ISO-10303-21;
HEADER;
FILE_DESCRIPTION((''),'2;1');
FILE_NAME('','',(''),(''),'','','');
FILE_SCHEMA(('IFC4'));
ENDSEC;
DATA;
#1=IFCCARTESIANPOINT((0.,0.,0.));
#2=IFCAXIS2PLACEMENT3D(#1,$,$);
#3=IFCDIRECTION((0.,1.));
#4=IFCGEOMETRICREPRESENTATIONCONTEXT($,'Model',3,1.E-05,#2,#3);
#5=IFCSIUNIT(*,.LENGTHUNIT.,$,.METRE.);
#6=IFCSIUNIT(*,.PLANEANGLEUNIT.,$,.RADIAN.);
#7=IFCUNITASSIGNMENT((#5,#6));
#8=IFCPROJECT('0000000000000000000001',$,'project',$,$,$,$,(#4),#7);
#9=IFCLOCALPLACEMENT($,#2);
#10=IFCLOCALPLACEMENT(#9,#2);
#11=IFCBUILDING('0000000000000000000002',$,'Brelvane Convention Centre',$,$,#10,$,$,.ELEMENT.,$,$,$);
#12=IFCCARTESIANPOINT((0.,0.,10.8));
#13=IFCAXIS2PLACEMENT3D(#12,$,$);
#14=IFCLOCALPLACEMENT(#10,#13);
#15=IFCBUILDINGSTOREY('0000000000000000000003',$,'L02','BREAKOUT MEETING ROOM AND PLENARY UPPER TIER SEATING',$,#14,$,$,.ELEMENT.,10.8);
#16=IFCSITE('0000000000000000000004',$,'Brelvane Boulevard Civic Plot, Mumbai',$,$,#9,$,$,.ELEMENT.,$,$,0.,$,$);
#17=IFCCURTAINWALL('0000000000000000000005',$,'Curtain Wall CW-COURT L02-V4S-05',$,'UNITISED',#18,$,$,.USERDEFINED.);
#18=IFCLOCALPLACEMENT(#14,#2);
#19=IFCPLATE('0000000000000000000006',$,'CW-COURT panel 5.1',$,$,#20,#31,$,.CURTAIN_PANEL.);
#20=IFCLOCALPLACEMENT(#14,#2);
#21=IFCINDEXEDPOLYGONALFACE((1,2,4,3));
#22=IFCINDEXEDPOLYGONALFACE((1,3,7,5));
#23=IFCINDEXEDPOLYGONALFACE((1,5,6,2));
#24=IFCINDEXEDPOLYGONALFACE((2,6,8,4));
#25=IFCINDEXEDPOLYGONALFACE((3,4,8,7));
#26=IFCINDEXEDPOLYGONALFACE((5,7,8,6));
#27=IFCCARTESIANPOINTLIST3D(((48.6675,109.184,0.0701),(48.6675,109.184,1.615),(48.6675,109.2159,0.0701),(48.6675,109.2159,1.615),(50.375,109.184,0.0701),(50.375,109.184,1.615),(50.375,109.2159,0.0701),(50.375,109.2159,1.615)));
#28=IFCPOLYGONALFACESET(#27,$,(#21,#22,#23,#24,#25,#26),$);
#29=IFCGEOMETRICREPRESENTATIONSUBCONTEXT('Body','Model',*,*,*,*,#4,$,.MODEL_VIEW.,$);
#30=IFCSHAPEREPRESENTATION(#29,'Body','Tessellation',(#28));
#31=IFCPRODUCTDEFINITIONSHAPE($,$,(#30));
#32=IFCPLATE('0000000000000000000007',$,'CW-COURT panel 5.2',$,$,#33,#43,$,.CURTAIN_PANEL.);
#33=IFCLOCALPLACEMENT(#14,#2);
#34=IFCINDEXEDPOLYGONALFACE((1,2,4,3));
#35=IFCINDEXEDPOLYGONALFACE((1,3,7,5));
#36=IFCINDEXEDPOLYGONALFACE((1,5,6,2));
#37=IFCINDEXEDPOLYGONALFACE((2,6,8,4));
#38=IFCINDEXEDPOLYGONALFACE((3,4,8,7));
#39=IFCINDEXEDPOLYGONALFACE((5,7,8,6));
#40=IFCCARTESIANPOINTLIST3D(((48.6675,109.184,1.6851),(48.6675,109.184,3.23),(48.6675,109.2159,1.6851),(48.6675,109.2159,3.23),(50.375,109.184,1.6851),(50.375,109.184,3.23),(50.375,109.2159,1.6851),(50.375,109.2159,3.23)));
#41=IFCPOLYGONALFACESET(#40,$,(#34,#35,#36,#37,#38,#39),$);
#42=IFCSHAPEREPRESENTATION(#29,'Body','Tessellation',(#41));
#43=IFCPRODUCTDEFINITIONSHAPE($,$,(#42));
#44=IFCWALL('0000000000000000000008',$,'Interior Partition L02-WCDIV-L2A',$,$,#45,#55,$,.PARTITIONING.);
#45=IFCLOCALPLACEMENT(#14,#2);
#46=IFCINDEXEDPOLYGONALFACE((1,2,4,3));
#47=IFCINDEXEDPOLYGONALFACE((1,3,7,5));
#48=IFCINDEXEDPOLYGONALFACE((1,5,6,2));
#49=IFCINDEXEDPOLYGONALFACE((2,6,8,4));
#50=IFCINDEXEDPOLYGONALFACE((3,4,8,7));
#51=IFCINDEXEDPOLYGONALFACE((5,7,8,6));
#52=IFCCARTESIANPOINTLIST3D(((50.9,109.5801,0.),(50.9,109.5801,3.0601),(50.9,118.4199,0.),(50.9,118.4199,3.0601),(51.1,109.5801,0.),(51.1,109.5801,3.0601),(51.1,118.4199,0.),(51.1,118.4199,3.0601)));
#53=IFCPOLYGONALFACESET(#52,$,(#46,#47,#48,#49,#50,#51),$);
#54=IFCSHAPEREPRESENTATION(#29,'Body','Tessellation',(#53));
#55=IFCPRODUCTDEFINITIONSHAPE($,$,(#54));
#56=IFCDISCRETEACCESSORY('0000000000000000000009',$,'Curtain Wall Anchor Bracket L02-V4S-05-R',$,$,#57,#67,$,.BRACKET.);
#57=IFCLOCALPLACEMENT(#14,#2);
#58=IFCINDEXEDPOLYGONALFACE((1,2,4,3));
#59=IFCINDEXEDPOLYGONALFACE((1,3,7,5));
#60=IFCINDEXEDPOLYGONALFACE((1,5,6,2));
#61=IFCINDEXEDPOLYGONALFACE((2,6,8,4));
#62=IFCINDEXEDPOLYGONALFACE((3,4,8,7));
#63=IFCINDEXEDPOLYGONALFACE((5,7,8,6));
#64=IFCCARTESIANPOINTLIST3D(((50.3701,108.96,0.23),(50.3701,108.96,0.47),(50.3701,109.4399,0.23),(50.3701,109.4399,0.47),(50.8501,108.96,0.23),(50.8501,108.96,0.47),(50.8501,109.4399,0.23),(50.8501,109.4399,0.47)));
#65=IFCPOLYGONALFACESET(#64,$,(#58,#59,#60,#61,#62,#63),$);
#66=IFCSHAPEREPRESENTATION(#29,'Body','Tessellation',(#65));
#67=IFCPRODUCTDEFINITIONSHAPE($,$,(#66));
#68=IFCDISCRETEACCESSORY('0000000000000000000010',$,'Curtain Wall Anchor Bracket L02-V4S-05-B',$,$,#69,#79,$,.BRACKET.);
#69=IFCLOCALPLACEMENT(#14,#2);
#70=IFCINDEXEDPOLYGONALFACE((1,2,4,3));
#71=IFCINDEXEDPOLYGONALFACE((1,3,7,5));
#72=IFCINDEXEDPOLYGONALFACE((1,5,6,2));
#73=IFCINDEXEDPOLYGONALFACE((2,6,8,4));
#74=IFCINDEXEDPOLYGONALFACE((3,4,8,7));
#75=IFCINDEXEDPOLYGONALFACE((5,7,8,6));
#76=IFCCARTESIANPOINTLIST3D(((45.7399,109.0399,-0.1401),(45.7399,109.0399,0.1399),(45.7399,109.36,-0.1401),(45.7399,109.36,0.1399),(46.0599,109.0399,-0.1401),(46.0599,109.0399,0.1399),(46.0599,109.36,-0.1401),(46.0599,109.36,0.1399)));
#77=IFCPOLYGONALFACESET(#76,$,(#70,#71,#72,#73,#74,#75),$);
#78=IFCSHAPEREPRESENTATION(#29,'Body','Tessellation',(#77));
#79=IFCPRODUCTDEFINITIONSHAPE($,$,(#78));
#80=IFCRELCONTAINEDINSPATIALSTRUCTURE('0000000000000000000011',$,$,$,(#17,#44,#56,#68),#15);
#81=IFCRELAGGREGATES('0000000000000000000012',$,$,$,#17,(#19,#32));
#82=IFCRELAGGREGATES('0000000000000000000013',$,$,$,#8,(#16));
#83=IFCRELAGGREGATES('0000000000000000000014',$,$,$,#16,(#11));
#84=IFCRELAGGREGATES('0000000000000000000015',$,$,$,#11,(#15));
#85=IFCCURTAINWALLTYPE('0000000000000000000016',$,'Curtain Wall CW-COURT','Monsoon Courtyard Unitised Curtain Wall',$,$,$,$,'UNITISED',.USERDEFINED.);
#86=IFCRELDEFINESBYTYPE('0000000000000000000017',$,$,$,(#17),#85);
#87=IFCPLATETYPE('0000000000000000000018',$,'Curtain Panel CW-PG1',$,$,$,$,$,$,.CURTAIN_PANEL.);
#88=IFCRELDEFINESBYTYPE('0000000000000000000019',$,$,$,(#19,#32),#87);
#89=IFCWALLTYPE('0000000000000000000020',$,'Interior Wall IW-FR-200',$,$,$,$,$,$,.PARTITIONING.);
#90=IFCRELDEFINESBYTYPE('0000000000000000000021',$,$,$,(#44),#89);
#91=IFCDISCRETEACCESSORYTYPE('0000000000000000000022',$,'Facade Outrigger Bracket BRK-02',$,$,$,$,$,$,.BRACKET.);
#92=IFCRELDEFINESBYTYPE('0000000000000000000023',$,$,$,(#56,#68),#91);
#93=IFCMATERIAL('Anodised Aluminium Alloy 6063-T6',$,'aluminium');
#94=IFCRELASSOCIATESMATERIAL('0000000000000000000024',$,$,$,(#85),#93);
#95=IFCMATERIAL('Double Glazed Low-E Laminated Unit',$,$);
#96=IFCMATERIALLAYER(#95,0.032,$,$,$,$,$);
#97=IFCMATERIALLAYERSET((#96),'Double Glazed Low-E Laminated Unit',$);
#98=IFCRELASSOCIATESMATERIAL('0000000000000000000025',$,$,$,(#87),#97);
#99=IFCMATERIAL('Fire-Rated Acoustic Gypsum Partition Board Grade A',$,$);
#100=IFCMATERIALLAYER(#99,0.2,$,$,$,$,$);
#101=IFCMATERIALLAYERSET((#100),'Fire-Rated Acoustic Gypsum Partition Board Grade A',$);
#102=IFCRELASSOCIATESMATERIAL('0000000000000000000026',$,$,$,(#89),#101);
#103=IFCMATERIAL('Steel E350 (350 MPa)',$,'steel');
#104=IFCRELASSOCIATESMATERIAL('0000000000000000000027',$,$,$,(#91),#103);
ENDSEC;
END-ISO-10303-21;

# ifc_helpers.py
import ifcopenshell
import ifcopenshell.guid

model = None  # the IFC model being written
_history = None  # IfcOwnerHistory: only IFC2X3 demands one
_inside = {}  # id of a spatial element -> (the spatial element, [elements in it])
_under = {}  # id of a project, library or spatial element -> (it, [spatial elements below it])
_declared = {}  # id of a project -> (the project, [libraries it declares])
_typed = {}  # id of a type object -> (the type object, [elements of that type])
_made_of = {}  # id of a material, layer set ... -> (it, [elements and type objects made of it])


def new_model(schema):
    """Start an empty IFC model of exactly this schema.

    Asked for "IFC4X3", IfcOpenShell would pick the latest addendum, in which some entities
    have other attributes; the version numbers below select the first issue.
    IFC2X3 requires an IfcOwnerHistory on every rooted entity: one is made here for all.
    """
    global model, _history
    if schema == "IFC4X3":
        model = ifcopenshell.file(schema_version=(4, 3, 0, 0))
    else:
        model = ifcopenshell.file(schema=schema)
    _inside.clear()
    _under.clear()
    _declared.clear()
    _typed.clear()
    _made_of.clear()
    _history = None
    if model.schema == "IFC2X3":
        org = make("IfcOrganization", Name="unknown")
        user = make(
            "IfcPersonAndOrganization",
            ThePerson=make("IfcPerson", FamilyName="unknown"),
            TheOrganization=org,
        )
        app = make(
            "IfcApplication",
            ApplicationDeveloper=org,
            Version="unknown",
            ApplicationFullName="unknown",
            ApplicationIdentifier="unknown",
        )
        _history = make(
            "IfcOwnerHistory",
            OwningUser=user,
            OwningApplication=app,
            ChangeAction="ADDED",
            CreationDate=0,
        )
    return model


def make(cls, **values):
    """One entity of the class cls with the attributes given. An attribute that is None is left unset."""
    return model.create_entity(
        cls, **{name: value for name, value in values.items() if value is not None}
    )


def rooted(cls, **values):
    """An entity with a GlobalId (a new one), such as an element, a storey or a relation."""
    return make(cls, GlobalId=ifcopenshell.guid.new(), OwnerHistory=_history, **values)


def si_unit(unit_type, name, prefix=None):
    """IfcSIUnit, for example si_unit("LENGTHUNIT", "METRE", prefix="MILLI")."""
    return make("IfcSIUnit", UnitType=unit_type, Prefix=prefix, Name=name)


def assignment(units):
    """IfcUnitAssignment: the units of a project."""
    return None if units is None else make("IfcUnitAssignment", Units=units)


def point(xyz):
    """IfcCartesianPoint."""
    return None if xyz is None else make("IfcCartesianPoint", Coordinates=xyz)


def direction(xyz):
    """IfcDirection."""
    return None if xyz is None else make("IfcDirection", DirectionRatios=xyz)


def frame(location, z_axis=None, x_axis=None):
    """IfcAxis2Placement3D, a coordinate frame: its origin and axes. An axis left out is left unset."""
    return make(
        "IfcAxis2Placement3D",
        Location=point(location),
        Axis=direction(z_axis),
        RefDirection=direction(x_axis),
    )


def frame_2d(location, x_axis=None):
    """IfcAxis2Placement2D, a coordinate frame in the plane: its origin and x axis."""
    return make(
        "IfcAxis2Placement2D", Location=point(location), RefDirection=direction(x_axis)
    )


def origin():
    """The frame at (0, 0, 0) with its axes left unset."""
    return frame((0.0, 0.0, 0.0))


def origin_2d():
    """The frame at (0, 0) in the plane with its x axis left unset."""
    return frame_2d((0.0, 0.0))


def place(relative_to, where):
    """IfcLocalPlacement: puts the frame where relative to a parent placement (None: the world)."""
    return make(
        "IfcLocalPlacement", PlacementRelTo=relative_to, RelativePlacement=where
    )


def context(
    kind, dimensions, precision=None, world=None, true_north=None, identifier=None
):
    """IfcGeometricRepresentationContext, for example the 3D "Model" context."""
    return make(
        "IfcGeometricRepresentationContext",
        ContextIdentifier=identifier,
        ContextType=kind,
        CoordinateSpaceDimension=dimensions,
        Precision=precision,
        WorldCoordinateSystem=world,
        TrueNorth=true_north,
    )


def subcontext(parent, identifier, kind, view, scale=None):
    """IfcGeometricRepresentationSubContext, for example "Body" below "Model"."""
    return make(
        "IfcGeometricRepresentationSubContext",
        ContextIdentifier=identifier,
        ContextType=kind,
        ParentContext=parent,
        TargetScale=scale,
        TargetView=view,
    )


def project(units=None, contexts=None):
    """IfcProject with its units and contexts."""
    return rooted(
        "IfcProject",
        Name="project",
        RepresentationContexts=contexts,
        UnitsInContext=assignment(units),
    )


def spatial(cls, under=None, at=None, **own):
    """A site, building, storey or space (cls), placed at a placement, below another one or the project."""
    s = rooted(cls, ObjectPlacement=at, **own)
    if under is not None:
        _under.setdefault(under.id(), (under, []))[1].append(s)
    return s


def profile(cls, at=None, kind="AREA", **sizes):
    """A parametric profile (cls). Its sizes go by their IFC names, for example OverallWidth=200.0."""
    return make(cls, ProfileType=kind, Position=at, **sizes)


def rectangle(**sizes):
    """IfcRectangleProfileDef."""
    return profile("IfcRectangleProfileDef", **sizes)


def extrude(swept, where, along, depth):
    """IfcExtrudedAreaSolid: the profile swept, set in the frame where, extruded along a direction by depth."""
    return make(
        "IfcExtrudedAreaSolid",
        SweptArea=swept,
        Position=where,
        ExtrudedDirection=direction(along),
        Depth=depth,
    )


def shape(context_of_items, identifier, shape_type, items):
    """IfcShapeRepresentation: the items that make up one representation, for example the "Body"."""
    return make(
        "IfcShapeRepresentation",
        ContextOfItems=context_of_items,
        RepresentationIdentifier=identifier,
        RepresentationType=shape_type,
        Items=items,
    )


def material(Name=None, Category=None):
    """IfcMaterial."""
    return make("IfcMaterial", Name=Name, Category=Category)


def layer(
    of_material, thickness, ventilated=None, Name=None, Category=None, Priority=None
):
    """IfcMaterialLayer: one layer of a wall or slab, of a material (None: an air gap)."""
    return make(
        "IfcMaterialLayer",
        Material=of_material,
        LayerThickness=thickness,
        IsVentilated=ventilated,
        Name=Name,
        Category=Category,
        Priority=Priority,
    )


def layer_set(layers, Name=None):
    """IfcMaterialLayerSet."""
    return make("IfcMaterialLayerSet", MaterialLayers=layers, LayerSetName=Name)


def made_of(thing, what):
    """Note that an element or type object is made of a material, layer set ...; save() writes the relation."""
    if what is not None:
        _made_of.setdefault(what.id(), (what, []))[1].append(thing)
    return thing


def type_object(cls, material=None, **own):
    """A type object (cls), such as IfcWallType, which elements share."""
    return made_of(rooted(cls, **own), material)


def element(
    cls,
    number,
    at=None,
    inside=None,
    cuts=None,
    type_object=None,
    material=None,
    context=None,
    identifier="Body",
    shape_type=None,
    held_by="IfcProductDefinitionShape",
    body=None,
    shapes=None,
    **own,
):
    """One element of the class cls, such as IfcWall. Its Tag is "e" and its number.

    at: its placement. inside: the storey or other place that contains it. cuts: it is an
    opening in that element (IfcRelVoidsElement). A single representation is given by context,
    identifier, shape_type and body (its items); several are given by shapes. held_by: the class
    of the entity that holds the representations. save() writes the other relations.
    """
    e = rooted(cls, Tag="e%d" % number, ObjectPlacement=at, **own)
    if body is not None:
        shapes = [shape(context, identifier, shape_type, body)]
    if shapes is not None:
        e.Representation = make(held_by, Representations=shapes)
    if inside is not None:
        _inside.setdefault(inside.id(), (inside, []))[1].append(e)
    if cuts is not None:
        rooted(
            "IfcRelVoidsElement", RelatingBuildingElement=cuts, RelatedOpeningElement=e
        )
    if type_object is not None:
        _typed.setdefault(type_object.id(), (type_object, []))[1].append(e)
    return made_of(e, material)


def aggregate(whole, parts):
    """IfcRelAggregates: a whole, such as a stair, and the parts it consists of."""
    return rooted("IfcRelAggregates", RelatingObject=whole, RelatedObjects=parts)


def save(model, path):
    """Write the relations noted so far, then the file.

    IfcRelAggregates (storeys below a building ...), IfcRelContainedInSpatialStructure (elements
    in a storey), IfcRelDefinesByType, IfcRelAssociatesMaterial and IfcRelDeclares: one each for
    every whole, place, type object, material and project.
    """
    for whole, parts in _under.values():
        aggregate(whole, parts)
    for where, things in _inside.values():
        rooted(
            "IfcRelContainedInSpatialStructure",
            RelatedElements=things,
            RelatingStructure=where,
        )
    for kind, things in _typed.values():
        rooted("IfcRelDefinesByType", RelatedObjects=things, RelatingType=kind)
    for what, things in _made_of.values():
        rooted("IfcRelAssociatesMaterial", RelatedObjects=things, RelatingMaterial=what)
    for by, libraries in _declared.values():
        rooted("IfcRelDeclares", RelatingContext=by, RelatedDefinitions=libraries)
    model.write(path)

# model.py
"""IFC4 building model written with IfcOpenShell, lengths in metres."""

from ifc_helpers import new_model, si_unit, direction, frame, frame_2d, origin, origin_2d, place, context, subcontext, project, spatial, rectangle, extrude, material, layer, layer_set, type_object, element, aggregate, save


model = new_model("IFC4")

# Units and contexts
model_context = context("Model", 3, precision=1e-05, world=origin(), true_north=direction((0.0, 1.0)))
body_context = subcontext(model_context, "Body", "Model", "MODEL_VIEW")
ifc_project = project(units=[si_unit("LENGTHUNIT", "METRE"), si_unit("PLANEANGLEUNIT", "RADIAN")], contexts=[model_context])

# Site, building, storey
site_placement = place(None, origin())
site = spatial("IfcSite", under=ifc_project, at=site_placement, Name="Brelvane Boulevard Civic Plot, Mumbai", CompositionType="ELEMENT", RefElevation=0.0)
building_placement = place(site_placement, origin())
building = spatial("IfcBuilding", under=site, at=building_placement, Name="Brelvane Convention Centre", CompositionType="ELEMENT")
storey_placement = place(building_placement, frame((0.0, 0.0, 10.8)))
storey = spatial("IfcBuildingStorey", under=building, at=storey_placement, Name="L02", Description="BREAKOUT MEETING ROOM AND PLENARY UPPER TIER SEATING", CompositionType="ELEMENT", Elevation=10.8)

# Curtain wall
ifc_material_1 = material(Name="Anodised Aluminium Alloy 6063-T6", Category="aluminium")
curtain_wall_type = type_object("IfcCurtainWallType", Name="Curtain Wall CW-COURT", Description="Monsoon Courtyard Unitised Curtain Wall", ElementType="UNITISED", PredefinedType="USERDEFINED", material=ifc_material_1)
curtain_wall_placement = place(storey_placement, origin())
curtain_wall = element("IfcCurtainWall", 1, at=curtain_wall_placement, inside=storey, type_object=curtain_wall_type, Name="Curtain Wall CW-COURT L02-V4S-05", ObjectType="UNITISED", PredefinedType="USERDEFINED")

# Plates
ifc_material_2 = material(Name="Double Glazed Low-E Laminated Unit")
ifc_layer_1 = layer(ifc_material_2, 0.032)
ifc_layer_set_1 = layer_set([ifc_layer_1], Name="Double Glazed Low-E Laminated Unit")
plate_type = type_object("IfcPlateType", Name="Curtain Panel CW-PG1", PredefinedType="CURTAIN_PANEL", material=ifc_layer_set_1)
plate_1_placement = place(storey_placement, frame((49.5212, 109.2, 0.0701), z_axis=(0.0, 0.0, 1.0), x_axis=(1.0, 0.0, 0.0)))
plate_1 = element("IfcPlate", 2, at=plate_1_placement, type_object=plate_type, Name="CW-COURT panel 5.1", PredefinedType="CURTAIN_PANEL", context=body_context, shape_type="SweptSolid", body=[
    extrude(rectangle(XDim=1.7075, YDim=0.032, at=origin_2d()), origin(), (0.0, 0.0, 1.0), 1.5449),
])
plate_2_placement = place(storey_placement, frame((49.5212, 109.2, 1.6851), z_axis=(0.0, 0.0, 1.0), x_axis=(1.0, 0.0, 0.0)))
plate_2 = element("IfcPlate", 3, at=plate_2_placement, type_object=plate_type, Name="CW-COURT panel 5.2", PredefinedType="CURTAIN_PANEL", context=body_context, shape_type="SweptSolid", body=[
    extrude(rectangle(XDim=1.7075, YDim=0.032, at=origin_2d()), origin(), (0.0, 0.0, 1.0), 1.5449),
])
aggregate(curtain_wall, [plate_1, plate_2])

# Wall
ifc_material_3 = material(Name="Fire-Rated Acoustic Gypsum Partition Board Grade A")
ifc_layer_2 = layer(ifc_material_3, 0.2)
ifc_layer_set_2 = layer_set([ifc_layer_2], Name="Fire-Rated Acoustic Gypsum Partition Board Grade A")
wall_type = type_object("IfcWallType", Name="Interior Wall IW-FR-200", PredefinedType="PARTITIONING", material=ifc_layer_set_2)
wall_placement = place(storey_placement, frame((51.0, 109.5801, 0.0), z_axis=(0.0, 0.0, 1.0), x_axis=(0.0, 1.0, 0.0)))
element("IfcWall", 4, at=wall_placement, inside=storey, type_object=wall_type, Name="Interior Partition L02-WCDIV-L2A", PredefinedType="PARTITIONING", context=body_context, shape_type="SweptSolid", body=[
    extrude(rectangle(XDim=8.8398, YDim=0.2, at=frame_2d((4.4199, 0.0))), origin(), (0.0, 0.0, 1.0), 3.0601),
])

# Discrete accessories
ifc_material_4 = material(Name="Steel E350 (350 MPa)", Category="steel")
discrete_accessory_type = type_object("IfcDiscreteAccessoryType", Name="Facade Outrigger Bracket BRK-02", PredefinedType="BRACKET", material=ifc_material_4)
discrete_accessory_1_placement = place(storey_placement, frame((50.6101, 109.2, 0.23), z_axis=(0.0, 0.0, 1.0), x_axis=(1.0, 0.0, 0.0)))
element("IfcDiscreteAccessory", 5, at=discrete_accessory_1_placement, inside=storey, type_object=discrete_accessory_type, Name="Curtain Wall Anchor Bracket L02-V4S-05-R", PredefinedType="BRACKET", context=body_context, shape_type="SweptSolid", body=[
    extrude(rectangle(XDim=0.48, YDim=0.48, at=origin_2d()), origin(), (0.0, 0.0, 1.0), 0.24),
])
discrete_accessory_2_placement = place(storey_placement, frame((45.8999, 109.2, -0.1401), z_axis=(0.0, 0.0, 1.0), x_axis=(1.0, 0.0, 0.0)))
element("IfcDiscreteAccessory", 6, at=discrete_accessory_2_placement, inside=storey, type_object=discrete_accessory_type, Name="Curtain Wall Anchor Bracket L02-V4S-05-B", PredefinedType="BRACKET", context=body_context, shape_type="SweptSolid", body=[
    extrude(rectangle(XDim=0.3201, YDim=0.3201, at=origin_2d()), origin(), (0.0, 0.0, 1.0), 0.28),
])

save(model, "model.ifc")
